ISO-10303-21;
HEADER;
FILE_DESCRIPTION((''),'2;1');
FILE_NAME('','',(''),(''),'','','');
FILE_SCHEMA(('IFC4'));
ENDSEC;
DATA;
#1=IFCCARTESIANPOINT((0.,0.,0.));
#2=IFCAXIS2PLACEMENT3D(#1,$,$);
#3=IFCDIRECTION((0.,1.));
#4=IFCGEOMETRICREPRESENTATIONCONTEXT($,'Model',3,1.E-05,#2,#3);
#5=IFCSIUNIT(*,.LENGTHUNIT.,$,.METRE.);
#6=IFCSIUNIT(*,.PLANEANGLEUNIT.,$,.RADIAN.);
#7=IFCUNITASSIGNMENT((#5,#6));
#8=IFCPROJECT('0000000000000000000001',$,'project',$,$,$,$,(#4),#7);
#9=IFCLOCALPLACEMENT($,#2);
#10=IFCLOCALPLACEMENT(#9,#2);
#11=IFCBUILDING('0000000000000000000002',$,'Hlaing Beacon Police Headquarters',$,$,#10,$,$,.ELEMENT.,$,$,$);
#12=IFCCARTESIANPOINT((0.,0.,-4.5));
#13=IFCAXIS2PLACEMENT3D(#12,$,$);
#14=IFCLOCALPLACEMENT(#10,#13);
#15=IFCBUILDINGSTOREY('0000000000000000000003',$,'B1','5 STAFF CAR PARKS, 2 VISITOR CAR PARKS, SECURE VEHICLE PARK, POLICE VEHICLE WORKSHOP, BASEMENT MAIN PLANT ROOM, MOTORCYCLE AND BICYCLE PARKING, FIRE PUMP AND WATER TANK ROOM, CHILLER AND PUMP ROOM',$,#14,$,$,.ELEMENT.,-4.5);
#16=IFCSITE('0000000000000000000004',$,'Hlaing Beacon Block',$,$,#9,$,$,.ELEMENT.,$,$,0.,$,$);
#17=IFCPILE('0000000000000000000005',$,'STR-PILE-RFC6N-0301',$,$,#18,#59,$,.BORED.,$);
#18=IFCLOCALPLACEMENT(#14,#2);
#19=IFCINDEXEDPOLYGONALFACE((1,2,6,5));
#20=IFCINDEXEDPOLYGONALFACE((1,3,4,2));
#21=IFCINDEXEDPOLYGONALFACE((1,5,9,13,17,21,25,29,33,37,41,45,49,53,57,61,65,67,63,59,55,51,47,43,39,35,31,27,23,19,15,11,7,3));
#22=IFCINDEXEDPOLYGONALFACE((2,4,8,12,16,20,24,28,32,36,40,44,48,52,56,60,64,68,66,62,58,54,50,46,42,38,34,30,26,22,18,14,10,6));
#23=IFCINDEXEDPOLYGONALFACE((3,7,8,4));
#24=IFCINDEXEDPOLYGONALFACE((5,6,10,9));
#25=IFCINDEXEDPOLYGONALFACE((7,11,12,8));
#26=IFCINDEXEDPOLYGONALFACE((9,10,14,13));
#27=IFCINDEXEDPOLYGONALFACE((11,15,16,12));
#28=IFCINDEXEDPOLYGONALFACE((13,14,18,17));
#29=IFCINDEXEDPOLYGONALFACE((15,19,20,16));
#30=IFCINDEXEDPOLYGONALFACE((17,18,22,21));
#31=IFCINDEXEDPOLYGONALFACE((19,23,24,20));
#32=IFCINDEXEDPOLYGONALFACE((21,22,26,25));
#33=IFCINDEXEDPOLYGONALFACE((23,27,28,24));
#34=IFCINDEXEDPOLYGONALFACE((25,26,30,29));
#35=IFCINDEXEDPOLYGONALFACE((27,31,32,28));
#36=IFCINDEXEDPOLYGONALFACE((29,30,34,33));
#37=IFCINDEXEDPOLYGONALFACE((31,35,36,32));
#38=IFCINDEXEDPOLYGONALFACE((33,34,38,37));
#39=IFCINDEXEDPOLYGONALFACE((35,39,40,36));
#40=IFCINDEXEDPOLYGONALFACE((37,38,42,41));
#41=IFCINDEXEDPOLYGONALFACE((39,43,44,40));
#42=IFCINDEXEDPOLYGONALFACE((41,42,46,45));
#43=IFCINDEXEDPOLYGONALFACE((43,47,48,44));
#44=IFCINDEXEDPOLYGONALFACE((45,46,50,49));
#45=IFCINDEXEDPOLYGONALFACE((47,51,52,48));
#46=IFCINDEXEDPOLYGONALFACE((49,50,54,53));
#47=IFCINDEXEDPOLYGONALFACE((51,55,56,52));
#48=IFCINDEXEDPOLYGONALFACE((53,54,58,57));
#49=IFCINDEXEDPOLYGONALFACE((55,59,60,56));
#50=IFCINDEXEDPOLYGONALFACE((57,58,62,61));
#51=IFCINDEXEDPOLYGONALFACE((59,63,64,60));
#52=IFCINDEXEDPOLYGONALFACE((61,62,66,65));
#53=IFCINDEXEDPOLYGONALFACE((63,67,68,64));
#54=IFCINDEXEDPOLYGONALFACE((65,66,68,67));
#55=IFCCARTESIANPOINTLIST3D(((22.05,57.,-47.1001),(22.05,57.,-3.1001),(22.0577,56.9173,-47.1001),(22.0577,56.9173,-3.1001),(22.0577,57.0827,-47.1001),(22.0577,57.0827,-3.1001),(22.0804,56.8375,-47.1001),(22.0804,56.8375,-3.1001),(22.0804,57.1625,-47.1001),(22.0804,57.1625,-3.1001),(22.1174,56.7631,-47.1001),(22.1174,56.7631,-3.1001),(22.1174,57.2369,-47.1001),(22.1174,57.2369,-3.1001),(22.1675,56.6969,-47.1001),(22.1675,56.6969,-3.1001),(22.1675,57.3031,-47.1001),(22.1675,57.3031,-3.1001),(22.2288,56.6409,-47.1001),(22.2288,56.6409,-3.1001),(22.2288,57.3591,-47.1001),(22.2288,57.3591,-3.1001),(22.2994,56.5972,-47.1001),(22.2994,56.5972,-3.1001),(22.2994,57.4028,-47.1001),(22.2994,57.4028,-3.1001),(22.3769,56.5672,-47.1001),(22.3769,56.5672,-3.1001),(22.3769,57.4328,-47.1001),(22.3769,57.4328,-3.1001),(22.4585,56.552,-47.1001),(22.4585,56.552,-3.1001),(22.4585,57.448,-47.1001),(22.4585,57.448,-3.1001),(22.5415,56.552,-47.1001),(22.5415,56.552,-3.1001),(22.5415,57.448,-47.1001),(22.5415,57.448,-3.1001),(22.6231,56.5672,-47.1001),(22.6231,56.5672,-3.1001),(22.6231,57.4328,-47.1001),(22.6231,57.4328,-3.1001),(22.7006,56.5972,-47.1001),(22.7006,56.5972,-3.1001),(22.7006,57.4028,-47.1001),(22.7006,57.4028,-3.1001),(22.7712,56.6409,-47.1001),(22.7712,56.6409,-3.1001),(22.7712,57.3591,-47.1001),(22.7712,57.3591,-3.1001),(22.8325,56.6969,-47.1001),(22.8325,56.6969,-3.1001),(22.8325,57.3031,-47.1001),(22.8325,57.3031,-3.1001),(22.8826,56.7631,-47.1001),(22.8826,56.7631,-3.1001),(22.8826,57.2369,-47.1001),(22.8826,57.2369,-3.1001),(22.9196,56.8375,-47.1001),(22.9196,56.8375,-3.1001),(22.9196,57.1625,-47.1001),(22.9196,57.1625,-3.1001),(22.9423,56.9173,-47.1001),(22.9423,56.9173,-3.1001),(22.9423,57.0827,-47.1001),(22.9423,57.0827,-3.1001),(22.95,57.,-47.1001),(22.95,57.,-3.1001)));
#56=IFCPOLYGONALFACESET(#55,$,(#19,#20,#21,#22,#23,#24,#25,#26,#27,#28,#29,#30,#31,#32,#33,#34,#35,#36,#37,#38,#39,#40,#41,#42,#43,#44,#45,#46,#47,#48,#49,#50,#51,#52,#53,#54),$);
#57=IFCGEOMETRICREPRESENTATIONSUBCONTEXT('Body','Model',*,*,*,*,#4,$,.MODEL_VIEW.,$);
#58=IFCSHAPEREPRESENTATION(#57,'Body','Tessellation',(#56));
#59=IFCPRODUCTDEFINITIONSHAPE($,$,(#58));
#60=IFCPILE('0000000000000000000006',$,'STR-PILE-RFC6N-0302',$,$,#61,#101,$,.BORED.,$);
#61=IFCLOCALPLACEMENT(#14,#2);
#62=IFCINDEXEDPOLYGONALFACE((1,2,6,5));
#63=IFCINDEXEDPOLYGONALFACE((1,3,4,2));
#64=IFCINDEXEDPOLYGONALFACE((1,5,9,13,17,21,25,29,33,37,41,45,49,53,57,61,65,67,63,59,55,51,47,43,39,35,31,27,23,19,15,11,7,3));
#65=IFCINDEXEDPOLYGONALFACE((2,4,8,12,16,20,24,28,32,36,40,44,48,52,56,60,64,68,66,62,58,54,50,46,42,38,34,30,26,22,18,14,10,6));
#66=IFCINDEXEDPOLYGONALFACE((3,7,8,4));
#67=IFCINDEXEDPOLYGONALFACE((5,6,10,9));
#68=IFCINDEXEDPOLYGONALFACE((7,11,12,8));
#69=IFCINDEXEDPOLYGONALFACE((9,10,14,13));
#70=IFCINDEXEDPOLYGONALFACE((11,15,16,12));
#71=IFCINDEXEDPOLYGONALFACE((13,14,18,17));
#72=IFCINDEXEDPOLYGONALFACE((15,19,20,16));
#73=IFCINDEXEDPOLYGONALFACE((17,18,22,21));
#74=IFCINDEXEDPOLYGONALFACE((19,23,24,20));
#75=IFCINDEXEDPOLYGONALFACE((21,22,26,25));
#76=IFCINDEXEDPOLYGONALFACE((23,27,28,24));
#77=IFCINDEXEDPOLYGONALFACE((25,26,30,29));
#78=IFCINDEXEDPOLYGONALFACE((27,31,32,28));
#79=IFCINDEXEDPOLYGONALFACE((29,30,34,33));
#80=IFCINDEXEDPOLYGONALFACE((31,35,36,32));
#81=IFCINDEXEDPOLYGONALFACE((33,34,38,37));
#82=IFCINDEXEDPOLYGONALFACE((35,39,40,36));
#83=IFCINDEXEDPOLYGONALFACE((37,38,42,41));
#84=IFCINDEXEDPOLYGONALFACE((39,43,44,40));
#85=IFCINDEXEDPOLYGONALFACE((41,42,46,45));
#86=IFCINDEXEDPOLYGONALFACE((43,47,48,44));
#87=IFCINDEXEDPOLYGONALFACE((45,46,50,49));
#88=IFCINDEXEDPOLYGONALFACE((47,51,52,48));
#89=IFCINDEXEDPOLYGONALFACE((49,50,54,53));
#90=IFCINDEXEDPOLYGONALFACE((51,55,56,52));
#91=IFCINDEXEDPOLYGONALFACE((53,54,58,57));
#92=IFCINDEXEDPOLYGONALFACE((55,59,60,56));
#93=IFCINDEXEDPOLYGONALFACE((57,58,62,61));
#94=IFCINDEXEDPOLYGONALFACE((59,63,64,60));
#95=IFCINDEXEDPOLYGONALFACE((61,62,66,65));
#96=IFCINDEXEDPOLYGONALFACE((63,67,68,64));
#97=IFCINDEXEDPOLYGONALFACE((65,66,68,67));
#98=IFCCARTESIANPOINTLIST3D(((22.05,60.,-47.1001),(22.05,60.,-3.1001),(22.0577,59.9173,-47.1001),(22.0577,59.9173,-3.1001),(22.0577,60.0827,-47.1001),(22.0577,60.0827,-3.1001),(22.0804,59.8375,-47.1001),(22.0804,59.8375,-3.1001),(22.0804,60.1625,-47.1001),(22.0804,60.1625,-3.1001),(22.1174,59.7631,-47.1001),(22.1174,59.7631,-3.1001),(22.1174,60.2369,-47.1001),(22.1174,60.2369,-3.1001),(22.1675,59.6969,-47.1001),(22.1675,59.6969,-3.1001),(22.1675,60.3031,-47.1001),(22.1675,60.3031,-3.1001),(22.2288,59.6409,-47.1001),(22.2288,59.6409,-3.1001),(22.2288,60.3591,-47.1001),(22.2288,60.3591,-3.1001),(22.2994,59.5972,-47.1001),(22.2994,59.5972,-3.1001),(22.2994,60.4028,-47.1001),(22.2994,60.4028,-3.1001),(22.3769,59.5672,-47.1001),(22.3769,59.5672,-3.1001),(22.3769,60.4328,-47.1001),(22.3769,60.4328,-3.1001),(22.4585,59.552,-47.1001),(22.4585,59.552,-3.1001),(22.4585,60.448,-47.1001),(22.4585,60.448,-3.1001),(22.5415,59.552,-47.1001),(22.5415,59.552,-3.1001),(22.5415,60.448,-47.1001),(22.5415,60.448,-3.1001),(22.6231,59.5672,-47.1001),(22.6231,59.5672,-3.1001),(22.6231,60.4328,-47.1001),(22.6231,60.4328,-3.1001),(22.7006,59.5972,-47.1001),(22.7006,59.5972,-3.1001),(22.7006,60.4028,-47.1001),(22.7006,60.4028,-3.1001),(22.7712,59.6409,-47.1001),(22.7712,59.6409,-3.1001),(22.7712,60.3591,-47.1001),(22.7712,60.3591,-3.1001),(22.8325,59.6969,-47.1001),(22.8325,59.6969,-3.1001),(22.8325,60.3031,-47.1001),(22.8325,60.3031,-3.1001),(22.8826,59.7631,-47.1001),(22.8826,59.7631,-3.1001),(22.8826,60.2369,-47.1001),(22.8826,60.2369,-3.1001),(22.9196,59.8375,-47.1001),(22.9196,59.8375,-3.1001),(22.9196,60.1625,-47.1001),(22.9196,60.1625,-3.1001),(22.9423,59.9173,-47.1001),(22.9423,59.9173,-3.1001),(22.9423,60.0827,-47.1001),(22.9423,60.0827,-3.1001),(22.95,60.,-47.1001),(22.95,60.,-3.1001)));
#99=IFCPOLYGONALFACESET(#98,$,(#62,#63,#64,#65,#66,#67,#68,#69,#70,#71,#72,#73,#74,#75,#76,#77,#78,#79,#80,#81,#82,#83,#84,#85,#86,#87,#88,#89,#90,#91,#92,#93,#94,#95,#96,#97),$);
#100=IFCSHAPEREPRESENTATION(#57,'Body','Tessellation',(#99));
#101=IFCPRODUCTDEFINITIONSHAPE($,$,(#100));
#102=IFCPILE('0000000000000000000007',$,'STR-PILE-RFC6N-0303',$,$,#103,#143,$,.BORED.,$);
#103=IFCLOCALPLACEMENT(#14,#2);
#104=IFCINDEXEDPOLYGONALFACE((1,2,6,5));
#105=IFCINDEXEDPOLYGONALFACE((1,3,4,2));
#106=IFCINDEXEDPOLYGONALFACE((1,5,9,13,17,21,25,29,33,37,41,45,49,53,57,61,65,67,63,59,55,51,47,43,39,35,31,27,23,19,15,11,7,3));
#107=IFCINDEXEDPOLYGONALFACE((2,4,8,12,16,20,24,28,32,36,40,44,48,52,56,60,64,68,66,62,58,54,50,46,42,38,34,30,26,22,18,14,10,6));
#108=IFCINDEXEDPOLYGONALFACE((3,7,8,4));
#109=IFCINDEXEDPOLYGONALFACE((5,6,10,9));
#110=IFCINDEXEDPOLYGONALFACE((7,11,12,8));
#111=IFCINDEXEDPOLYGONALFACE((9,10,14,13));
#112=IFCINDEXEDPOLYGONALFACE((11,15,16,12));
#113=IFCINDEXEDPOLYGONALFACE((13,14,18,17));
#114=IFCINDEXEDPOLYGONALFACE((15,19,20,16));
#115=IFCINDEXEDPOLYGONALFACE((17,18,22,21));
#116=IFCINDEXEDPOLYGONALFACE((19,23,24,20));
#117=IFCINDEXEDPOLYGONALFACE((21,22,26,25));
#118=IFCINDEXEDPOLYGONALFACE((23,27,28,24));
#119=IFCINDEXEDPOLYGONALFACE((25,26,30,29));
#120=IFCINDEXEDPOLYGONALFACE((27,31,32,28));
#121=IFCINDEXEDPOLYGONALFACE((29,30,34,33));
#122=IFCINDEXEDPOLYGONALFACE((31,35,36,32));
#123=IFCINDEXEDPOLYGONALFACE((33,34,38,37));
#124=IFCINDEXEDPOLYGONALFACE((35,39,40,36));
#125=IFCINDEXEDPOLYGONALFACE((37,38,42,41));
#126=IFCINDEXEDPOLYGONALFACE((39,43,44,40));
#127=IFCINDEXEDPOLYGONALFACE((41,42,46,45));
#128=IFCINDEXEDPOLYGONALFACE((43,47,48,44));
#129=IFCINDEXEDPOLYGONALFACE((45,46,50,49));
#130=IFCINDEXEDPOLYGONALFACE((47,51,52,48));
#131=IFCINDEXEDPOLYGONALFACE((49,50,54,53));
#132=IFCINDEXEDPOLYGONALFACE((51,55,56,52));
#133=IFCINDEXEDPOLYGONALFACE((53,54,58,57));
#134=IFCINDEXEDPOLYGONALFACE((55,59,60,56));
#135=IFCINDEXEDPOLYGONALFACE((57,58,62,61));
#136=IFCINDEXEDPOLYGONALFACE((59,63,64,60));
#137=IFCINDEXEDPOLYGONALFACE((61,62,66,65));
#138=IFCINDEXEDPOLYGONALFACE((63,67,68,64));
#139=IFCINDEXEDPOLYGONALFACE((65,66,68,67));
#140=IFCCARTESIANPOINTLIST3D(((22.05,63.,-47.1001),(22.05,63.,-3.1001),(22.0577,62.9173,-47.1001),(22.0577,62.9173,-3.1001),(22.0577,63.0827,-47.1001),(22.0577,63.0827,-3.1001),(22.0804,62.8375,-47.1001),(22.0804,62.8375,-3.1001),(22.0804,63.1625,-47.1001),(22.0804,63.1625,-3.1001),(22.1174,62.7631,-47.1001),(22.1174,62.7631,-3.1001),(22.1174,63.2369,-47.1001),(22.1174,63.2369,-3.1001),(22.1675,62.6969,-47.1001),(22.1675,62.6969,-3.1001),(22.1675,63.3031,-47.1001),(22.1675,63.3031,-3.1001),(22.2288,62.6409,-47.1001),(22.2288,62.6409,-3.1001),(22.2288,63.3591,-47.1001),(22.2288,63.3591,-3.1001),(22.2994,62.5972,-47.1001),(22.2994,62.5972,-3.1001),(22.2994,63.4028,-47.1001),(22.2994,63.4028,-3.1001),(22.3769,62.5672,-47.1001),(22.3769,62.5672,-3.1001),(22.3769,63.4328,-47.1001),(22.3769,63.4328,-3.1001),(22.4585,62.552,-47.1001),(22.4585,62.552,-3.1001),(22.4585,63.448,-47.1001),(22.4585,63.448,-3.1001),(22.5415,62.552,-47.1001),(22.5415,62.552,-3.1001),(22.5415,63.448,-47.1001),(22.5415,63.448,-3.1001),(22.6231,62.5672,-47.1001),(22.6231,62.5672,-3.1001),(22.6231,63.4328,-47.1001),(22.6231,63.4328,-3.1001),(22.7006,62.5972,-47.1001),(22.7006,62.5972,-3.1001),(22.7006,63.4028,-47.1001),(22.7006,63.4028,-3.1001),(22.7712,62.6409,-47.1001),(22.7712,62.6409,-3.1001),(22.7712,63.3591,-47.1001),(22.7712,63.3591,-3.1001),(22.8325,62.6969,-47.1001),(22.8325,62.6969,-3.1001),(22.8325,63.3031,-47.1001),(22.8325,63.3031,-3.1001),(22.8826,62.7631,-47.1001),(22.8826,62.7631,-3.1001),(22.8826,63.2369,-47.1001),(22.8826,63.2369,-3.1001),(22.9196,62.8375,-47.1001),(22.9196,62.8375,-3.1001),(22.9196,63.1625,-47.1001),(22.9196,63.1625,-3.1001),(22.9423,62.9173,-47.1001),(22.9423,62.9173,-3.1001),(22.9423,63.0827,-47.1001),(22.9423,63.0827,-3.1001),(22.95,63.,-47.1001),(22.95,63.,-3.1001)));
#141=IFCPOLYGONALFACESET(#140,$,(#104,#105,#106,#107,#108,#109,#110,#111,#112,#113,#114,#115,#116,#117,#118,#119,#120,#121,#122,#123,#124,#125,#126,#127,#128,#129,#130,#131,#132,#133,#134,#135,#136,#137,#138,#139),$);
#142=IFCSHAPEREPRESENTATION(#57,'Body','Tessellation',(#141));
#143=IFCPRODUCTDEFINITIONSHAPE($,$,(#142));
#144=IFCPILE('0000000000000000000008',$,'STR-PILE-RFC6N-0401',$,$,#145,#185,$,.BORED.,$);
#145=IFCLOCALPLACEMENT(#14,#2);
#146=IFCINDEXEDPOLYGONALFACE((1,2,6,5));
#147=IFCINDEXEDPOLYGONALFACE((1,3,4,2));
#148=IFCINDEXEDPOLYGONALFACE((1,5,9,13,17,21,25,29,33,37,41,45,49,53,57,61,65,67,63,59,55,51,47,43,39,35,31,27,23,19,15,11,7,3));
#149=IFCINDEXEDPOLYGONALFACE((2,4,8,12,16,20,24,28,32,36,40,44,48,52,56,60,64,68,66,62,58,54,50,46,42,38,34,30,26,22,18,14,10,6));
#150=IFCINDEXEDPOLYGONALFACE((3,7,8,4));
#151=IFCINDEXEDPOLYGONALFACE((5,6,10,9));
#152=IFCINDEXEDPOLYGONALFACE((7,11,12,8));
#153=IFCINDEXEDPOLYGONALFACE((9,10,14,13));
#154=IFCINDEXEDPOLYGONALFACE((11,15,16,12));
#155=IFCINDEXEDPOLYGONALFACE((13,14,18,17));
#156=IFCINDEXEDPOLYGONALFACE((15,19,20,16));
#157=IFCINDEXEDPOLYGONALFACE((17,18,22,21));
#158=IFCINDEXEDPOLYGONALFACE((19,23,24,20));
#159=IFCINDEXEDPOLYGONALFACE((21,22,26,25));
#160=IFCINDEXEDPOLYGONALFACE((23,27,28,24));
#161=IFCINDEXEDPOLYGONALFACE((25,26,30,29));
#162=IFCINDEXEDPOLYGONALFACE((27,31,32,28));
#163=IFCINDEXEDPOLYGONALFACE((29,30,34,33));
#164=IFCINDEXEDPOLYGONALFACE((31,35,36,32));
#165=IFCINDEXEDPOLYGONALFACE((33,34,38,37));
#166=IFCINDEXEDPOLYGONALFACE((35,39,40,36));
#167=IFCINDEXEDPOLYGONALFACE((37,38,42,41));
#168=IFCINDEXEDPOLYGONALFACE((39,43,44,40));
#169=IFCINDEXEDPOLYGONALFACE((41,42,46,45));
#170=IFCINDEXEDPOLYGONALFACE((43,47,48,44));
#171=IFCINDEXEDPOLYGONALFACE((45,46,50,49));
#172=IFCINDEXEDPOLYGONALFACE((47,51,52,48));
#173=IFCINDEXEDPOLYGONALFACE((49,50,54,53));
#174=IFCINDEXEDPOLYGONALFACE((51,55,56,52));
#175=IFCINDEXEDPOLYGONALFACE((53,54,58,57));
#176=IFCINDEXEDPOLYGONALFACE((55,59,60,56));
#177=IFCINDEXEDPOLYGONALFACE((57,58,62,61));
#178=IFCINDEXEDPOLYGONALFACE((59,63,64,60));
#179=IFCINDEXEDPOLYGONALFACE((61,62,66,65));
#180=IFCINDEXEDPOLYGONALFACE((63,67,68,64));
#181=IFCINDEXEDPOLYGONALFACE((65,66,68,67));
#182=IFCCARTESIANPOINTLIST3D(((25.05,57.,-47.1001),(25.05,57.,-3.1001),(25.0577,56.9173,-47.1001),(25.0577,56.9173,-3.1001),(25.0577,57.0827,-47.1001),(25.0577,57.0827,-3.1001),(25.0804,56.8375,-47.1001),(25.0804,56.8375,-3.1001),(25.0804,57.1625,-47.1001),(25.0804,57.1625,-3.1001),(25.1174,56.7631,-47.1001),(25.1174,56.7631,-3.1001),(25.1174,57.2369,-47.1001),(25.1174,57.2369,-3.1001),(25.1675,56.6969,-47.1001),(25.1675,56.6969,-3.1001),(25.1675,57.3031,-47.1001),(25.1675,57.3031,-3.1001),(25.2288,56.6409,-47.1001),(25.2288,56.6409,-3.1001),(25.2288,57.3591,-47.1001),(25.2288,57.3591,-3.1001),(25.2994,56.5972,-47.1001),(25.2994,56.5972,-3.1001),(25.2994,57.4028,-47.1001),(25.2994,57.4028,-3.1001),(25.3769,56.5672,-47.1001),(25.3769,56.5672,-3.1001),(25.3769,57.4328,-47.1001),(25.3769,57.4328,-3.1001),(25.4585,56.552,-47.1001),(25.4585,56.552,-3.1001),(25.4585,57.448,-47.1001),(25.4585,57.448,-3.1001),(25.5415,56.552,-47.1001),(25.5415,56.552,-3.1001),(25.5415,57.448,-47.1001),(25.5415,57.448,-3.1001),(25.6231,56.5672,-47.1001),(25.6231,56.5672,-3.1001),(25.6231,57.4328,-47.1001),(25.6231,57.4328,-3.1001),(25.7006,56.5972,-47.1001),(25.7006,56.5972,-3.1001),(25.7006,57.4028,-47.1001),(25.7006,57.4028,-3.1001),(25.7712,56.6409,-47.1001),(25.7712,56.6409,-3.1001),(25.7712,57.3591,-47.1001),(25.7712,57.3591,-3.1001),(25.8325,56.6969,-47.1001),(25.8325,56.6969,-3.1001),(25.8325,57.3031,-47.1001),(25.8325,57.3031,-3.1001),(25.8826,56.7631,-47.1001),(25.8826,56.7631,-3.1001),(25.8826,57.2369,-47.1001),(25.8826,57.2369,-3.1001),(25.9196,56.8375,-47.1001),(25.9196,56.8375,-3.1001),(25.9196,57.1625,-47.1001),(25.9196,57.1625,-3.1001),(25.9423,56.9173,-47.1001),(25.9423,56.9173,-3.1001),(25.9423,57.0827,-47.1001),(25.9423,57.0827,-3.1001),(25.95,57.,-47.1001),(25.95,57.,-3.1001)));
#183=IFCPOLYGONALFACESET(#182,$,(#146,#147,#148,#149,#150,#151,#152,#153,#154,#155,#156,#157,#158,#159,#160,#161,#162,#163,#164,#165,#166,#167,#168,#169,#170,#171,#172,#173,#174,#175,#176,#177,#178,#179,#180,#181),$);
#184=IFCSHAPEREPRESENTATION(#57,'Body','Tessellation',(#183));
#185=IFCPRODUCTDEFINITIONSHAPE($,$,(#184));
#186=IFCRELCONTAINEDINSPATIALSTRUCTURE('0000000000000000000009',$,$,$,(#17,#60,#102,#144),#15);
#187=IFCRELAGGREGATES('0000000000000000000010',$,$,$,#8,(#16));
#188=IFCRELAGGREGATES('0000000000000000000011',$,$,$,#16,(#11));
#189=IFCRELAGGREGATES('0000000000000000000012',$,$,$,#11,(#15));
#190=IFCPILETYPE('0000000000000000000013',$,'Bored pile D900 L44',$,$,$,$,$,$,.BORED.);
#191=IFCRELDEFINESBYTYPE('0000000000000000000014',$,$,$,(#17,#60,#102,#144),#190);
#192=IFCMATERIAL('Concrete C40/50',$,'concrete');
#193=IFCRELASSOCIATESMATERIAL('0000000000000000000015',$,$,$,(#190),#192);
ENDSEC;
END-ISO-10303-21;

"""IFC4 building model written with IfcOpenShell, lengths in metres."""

from ifc_helpers import new_model, si_unit, direction, frame, origin, origin_2d, place, context, subcontext, project, spatial, circle, extrude, material, material_profile, profile_set, type_object, element, save


model = new_model("IFC4")

# Units and contexts
model_context = context("Model", 3, precision=1e-05, world=origin(), true_north=direction((0.0, 1.0)))
body_context = subcontext(model_context, "Body", "Model", "MODEL_VIEW")
ifc_project = project(units=[si_unit("LENGTHUNIT", "METRE"), si_unit("PLANEANGLEUNIT", "RADIAN")], contexts=[model_context])

# Site, building, storey
site_placement = place(None, origin())
site = spatial("IfcSite", under=ifc_project, at=site_placement, Name="Hlaing Beacon Block", CompositionType="ELEMENT", RefElevation=0.0)
building_placement = place(site_placement, origin())
building = spatial("IfcBuilding", under=site, at=building_placement, Name="Hlaing Beacon Police Headquarters", CompositionType="ELEMENT")
storey_placement = place(building_placement, frame((0.0, 0.0, -4.5)))
storey = spatial("IfcBuildingStorey", under=building, at=storey_placement, Name="B1", Description="5 STAFF CAR PARKS, 2 VISITOR CAR PARKS, SECURE VEHICLE PARK, POLICE VEHICLE WORKSHOP, BASEMENT MAIN PLANT ROOM, MOTORCYCLE AND BICYCLE PARKING, FIRE PUMP AND WATER TANK ROOM, CHILLER AND PUMP ROOM", CompositionType="ELEMENT", Elevation=-4.5)

# Piles
ifc_material_1 = material(Name="Concrete C40/50", Category="concrete")
ifc_material_profile = material_profile(ifc_material_1, circle(Radius=0.45, at=origin_2d()), Name="D900")
ifc_profile_set = profile_set([ifc_material_profile], Name="Concrete C40/50")
pile_type = type_object("IfcPileType", Name="Bored pile D900 L44", PredefinedType="BORED", material=ifc_profile_set)
for number, where, z_axis, x_axis, name in (
    (1, (22.5, 57.0, -3.1001), (0.0, 0.0, -1.0), (1.0, 0.0, 0.0), "STR-PILE-RFC6N-0301"),
    (2, (22.5, 60.0, -3.1001), (0.0, 0.0, -1.0), (1.0, 0.0, 0.0), "STR-PILE-RFC6N-0302"),
    (3, (22.5, 63.0, -3.1001), (0.0, 0.0, -1.0), (1.0, 0.0, 0.0), "STR-PILE-RFC6N-0303"),
    (4, (25.5, 57.0, -3.1001), (0.0, 0.0, -1.0), (1.0, 0.0, 0.0), "STR-PILE-RFC6N-0401"),
):
    element("IfcPile", number, at=place(storey_placement, frame(where, z_axis=z_axis, x_axis=x_axis)), inside=storey, type_object=pile_type, Name=name, PredefinedType="BORED", context=body_context, shape_type="SweptSolid", body=[
        extrude(circle(Radius=0.45, at=origin_2d()), origin(), (0.0, 0.0, 1.0), 44.0),
    ])

save(model, "model.ifc")
